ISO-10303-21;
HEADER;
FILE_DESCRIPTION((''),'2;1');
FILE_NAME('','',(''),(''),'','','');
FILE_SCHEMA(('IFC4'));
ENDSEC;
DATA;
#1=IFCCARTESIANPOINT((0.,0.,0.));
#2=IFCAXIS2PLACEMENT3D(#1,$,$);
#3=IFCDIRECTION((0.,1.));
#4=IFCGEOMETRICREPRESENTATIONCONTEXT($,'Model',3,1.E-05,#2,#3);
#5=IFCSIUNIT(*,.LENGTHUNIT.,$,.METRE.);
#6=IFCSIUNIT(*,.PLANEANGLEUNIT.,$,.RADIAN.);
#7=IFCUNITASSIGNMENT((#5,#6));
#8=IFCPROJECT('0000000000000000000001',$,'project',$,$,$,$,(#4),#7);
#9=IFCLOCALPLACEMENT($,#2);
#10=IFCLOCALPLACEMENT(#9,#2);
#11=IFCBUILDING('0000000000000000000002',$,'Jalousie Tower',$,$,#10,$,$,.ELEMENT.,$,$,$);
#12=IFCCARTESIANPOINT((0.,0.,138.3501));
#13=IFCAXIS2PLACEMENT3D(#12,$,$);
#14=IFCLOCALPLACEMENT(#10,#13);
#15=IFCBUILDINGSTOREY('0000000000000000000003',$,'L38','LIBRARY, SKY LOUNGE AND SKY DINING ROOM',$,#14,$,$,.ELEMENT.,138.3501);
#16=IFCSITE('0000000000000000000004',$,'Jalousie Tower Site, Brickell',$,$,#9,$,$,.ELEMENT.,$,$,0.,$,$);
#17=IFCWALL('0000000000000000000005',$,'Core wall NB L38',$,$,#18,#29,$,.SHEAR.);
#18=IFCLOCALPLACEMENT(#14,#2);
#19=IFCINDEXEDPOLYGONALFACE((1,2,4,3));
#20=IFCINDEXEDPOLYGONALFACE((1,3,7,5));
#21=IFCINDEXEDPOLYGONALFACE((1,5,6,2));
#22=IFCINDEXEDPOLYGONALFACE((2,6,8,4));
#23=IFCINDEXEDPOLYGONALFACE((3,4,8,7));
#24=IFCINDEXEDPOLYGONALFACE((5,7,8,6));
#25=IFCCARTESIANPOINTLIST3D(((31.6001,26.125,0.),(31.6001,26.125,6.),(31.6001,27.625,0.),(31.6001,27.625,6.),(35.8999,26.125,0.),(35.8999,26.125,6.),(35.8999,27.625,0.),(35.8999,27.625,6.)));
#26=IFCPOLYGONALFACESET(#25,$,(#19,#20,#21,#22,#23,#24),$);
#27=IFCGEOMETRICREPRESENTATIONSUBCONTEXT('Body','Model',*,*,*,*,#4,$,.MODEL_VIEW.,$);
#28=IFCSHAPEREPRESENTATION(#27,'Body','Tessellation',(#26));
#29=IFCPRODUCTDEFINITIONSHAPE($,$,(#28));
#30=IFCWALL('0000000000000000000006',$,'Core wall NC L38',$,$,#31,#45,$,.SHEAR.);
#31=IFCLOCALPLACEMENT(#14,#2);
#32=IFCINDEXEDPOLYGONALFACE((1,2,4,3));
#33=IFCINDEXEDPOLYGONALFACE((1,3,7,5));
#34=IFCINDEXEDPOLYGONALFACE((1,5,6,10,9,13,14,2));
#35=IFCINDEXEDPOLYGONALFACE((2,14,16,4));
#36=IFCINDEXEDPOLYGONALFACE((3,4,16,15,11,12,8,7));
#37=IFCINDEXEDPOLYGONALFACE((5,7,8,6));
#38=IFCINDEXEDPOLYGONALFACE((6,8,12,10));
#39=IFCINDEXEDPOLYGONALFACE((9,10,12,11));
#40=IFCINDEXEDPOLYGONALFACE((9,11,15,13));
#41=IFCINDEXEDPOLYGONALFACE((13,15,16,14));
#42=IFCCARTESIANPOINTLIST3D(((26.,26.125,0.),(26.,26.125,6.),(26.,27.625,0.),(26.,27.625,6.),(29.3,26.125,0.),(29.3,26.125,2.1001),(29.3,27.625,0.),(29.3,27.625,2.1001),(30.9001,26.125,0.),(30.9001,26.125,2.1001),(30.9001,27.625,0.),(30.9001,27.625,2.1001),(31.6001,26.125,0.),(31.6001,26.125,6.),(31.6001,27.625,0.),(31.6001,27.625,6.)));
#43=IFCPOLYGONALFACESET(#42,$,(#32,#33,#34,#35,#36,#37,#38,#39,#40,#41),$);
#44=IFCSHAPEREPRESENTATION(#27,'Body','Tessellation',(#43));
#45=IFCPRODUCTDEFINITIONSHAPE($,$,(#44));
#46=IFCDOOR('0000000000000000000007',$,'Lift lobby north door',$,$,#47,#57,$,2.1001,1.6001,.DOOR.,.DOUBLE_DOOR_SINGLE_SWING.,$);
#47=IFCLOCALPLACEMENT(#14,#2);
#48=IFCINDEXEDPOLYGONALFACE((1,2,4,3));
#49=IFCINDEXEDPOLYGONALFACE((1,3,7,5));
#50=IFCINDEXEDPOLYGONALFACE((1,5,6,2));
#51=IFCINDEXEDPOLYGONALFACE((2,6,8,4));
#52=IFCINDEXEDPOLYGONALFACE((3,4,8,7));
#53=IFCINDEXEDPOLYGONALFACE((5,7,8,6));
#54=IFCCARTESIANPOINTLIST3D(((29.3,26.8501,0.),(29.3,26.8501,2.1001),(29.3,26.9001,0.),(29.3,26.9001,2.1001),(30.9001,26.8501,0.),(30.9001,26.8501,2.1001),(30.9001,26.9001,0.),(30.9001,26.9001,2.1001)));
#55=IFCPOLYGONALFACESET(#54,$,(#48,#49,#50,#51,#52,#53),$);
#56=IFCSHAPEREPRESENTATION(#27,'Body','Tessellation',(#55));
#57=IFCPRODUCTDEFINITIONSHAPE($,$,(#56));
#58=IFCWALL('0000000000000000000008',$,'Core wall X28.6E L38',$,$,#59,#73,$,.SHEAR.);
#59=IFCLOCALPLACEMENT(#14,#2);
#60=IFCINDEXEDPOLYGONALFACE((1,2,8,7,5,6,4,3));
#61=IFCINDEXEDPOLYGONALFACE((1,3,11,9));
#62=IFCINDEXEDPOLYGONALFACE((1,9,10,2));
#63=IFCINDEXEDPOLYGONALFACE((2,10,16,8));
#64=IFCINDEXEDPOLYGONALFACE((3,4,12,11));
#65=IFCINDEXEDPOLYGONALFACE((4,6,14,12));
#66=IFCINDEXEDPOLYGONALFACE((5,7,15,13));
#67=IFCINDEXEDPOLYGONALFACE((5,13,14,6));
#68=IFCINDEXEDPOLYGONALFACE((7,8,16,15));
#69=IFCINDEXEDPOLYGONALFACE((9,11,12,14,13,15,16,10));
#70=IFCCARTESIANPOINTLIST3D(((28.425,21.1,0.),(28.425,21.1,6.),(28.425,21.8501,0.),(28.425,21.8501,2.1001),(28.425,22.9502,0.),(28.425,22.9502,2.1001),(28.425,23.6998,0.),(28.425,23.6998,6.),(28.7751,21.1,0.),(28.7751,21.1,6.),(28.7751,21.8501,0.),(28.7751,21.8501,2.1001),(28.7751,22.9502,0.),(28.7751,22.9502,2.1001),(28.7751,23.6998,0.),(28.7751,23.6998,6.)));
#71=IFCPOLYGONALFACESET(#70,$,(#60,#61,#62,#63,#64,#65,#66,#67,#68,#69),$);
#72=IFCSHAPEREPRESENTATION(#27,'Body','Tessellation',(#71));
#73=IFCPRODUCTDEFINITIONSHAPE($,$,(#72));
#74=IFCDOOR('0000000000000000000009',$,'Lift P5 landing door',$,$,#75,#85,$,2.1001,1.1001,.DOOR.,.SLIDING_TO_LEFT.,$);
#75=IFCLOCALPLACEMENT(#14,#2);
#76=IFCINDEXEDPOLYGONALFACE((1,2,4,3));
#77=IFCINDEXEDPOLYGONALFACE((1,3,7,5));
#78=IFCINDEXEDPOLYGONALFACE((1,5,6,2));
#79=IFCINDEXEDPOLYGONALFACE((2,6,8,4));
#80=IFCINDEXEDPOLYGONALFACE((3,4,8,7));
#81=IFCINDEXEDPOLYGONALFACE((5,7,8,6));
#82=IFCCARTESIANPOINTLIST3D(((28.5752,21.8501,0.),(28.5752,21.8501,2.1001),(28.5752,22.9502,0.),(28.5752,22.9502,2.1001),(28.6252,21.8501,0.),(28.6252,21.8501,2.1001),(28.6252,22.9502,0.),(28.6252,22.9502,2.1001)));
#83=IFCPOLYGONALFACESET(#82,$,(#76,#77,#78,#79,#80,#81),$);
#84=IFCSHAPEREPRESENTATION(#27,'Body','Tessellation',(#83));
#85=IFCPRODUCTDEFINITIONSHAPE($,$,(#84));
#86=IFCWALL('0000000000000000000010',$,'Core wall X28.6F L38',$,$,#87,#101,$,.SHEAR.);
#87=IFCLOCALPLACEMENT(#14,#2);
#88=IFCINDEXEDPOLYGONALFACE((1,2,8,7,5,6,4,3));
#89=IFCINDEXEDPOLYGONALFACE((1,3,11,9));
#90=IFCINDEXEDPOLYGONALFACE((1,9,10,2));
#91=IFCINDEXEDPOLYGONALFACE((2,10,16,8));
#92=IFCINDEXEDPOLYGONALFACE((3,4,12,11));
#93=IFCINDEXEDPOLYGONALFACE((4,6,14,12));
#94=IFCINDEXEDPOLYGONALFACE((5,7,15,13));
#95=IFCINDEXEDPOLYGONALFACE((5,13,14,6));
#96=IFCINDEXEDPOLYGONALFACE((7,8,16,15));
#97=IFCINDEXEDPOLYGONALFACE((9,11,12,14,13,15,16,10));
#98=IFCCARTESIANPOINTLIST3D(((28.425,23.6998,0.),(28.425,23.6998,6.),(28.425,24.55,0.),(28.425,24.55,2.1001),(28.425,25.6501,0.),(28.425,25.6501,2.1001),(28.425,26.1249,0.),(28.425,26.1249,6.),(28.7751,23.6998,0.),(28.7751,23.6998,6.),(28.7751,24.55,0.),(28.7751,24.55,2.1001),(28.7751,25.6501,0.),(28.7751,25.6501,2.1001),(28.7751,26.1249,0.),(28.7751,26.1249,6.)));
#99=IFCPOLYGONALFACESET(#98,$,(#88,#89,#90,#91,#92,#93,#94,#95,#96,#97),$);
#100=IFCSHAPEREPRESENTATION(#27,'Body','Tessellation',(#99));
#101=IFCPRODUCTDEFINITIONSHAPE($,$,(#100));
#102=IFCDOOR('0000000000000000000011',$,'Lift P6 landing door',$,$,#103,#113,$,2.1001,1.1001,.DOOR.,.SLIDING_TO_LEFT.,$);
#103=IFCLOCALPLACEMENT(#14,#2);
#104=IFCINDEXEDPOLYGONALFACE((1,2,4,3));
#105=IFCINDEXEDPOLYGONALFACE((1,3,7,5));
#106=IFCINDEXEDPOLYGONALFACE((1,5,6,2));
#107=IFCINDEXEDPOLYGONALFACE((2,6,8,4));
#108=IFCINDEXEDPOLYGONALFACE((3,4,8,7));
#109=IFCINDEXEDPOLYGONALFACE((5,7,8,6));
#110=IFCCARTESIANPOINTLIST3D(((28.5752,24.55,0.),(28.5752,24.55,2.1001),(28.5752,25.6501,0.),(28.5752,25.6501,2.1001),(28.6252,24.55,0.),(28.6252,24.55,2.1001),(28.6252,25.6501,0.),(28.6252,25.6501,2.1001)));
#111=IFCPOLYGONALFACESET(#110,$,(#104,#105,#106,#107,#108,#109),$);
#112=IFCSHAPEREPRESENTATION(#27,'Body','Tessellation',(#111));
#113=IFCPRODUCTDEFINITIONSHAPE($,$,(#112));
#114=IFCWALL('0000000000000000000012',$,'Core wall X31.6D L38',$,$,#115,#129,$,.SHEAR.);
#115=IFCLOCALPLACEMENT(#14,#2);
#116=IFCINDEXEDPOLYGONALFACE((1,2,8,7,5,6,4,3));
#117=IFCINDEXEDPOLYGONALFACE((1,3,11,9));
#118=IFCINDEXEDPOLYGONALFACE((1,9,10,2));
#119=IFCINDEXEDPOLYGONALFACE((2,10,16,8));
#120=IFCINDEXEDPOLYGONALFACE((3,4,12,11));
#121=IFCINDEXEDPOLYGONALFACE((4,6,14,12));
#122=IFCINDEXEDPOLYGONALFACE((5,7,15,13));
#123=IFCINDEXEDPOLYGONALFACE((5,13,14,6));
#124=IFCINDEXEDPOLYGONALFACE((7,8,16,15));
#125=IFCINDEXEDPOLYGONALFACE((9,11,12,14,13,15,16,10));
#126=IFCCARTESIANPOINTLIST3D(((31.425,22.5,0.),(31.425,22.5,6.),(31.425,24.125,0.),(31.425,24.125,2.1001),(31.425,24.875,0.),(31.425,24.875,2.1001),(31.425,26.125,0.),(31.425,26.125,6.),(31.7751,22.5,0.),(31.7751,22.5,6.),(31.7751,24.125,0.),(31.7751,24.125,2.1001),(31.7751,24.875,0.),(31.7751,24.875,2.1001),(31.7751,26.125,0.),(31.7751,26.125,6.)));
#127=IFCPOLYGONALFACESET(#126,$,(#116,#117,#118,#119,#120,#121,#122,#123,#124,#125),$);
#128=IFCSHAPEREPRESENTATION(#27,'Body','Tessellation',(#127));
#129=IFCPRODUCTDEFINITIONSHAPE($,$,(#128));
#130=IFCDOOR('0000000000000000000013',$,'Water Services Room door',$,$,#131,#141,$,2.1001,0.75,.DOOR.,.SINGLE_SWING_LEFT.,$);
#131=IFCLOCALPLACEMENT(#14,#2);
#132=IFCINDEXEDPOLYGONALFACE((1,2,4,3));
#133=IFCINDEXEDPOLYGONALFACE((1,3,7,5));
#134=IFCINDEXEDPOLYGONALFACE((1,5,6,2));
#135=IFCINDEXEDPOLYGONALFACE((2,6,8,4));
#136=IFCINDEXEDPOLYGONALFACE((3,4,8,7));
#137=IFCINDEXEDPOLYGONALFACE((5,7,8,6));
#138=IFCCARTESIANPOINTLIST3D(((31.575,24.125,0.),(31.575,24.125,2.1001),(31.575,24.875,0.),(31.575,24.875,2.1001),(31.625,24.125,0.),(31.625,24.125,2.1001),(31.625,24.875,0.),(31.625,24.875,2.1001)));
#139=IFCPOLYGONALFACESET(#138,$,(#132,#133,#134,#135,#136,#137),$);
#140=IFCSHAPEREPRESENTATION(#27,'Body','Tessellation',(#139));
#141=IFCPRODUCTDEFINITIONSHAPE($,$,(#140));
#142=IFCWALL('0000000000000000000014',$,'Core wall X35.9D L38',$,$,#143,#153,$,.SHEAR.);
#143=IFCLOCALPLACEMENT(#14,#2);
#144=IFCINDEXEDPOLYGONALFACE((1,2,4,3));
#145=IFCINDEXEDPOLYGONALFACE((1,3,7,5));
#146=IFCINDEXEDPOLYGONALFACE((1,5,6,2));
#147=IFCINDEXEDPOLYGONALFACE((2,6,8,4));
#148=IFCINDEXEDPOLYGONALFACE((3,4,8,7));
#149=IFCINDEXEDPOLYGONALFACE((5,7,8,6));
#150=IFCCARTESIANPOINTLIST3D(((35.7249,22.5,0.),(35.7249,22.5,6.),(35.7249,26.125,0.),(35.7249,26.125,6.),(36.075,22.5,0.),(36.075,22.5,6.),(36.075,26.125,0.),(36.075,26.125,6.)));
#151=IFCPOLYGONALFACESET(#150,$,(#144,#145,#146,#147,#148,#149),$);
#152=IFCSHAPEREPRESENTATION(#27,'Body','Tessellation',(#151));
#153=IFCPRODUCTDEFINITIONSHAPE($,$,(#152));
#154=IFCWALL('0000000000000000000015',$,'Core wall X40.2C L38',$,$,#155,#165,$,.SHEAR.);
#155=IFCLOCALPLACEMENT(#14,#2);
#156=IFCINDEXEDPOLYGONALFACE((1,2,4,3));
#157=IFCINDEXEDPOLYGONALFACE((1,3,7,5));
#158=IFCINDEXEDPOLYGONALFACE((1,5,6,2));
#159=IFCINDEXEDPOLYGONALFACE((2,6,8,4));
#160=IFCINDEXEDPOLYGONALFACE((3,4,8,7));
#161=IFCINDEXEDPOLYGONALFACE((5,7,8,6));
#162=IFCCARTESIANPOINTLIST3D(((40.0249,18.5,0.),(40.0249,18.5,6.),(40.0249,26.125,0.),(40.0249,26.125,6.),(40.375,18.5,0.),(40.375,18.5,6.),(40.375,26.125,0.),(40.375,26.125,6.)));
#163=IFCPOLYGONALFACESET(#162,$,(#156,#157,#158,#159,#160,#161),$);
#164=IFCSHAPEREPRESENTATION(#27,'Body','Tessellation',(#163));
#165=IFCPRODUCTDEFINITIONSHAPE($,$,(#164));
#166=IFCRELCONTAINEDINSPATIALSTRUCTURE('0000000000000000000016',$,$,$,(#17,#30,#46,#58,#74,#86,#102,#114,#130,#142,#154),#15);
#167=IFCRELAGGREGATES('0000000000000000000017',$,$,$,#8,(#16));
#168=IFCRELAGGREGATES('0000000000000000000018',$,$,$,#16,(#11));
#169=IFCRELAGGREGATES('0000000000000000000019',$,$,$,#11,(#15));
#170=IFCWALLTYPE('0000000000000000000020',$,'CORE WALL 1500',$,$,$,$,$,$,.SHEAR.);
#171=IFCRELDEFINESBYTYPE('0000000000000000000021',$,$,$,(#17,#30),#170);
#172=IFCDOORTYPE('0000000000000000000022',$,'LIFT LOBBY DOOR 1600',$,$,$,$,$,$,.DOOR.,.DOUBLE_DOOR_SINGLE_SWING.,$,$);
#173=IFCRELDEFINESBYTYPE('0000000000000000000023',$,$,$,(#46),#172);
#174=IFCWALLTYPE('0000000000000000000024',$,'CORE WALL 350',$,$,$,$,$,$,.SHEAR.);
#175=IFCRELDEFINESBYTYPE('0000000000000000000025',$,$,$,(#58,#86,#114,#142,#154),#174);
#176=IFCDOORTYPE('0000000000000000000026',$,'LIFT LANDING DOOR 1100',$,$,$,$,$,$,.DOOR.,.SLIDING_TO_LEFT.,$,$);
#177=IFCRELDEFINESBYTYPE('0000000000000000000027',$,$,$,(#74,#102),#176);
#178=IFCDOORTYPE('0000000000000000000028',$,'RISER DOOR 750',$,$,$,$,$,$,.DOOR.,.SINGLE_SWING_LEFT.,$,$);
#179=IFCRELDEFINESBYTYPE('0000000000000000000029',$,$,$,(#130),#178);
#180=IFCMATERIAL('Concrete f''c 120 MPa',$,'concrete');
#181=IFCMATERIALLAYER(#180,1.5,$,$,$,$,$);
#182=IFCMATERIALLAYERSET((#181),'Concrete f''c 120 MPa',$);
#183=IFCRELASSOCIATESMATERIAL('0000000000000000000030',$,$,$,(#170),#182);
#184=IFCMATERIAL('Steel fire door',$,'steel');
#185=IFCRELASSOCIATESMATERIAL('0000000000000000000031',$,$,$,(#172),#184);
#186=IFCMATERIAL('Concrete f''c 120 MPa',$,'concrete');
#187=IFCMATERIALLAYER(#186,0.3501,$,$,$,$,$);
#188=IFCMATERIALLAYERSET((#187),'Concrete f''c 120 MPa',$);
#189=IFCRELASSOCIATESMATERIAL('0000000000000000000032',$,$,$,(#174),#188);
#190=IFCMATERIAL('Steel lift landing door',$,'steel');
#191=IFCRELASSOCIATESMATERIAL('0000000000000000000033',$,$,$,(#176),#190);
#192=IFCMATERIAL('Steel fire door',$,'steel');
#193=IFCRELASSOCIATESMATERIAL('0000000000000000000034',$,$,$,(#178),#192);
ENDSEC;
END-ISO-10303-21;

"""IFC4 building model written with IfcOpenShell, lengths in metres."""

from ifc_helpers import new_model, si_unit, direction, frame, frame_2d, origin, place, context, subcontext, project, spatial, rectangle, extrude, material, layer, layer_set, type_object, element, fill, save


model = new_model("IFC4")

# Units and contexts
model_context = context("Model", 3, precision=1e-05, world=origin(), true_north=direction((0.0, 1.0)))
body_context = subcontext(model_context, "Body", "Model", "MODEL_VIEW")
ifc_project = project(units=[si_unit("LENGTHUNIT", "METRE"), si_unit("PLANEANGLEUNIT", "RADIAN")], contexts=[model_context])

# Site, building, storey
site_placement = place(None, origin())
site = spatial("IfcSite", under=ifc_project, at=site_placement, Name="Jalousie Tower Site, Brickell", CompositionType="ELEMENT", RefElevation=0.0)
building_placement = place(site_placement, origin())
building = spatial("IfcBuilding", under=site, at=building_placement, Name="Jalousie Tower", CompositionType="ELEMENT")
storey_placement = place(building_placement, frame((0.0, 0.0, 138.3501)))
storey = spatial("IfcBuildingStorey", under=building, at=storey_placement, Name="L38", Description="LIBRARY, SKY LOUNGE AND SKY DINING ROOM", CompositionType="ELEMENT", Elevation=138.3501)

# Wall
ifc_material_1 = material(Name="Concrete f'c 120 MPa", Category="concrete")
ifc_layer_1 = layer(ifc_material_1, 1.5)
ifc_layer_set_1 = layer_set([ifc_layer_1], Name="Concrete f'c 120 MPa")
wall_type_1 = type_object("IfcWallType", Name="CORE WALL 1500", PredefinedType="SHEAR", material=ifc_layer_set_1)
wall_1_placement = place(storey_placement, frame((35.8999, 26.875, 0.0), z_axis=(0.0, 0.0, 1.0), x_axis=(-1.0, 0.0, 0.0)))
element("IfcWall", 1, at=wall_1_placement, inside=storey, type_object=wall_type_1, Name="Core wall NB L38", PredefinedType="SHEAR", context=body_context, shape_type="SweptSolid", body=[
    extrude(rectangle(XDim=4.2998, YDim=1.5, at=frame_2d((2.1499, 0.0))), origin(), (0.0, 0.0, 1.0), 6.0),
])

# Walls, openings, doors
wall_2_placement = place(storey_placement, frame((31.6001, 26.875, 0.0), z_axis=(0.0, 0.0, 1.0), x_axis=(-1.0, 0.0, 0.0)))
wall_2 = element("IfcWall", 2, at=wall_2_placement, inside=storey, type_object=wall_type_1, Name="Core wall NC L38", PredefinedType="SHEAR", context=body_context, shape_type="SweptSolid", body=[
    extrude(rectangle(XDim=5.6001, YDim=1.5, at=frame_2d((2.8, 0.0))), origin(), (0.0, 0.0, 1.0), 6.0),
])
opening_1_placement = place(wall_2_placement, frame((0.7, 0.0, 0.0)))
opening_1 = element("IfcOpeningElement", 3, at=opening_1_placement, cuts=wall_2, PredefinedType="OPENING", context=body_context, shape_type="SweptSolid", body=[
    extrude(rectangle(XDim=1.6001, YDim=2.1001, at=frame_2d((0.8, 1.05))), frame((0.0, 0.76, 0.0), z_axis=(0.0, -1.0, 0.0), x_axis=(1.0, 0.0, 0.0)), (0.0, 0.0, 1.0), 1.52),
])
ifc_material_2 = material(Name="Steel fire door", Category="steel")
door_type_1 = type_object("IfcDoorType", Name="LIFT LOBBY DOOR 1600", OperationType="DOUBLE_DOOR_SINGLE_SWING", PredefinedType="DOOR", material=ifc_material_2)
door_1_placement = place(opening_1_placement, origin())
door_1 = element("IfcDoor", 4, at=door_1_placement, inside=storey, type_object=door_type_1, Name="Lift lobby north door", OperationType="DOUBLE_DOOR_SINGLE_SWING", OverallHeight=2.1001, OverallWidth=1.6001, PredefinedType="DOOR", context=body_context, shape_type="SweptSolid", body=[
    extrude(rectangle(XDim=1.6001, YDim=2.1001, at=frame_2d((0.8, 1.05))), frame((0.0, 0.0249, 0.0), z_axis=(0.0, -1.0, 0.0), x_axis=(1.0, 0.0, 0.0)), (0.0, 0.0, 1.0), 0.05),
])
fill(opening_1, door_1)
ifc_material_3 = material(Name="Concrete f'c 120 MPa", Category="concrete")
ifc_layer_2 = layer(ifc_material_3, 0.3501)
ifc_layer_set_2 = layer_set([ifc_layer_2], Name="Concrete f'c 120 MPa")
wall_type_2 = type_object("IfcWallType", Name="CORE WALL 350", PredefinedType="SHEAR", material=ifc_layer_set_2)
wall_3_placement = place(storey_placement, frame((28.6001, 21.1001, 0.0), z_axis=(0.0, 0.0, 1.0), x_axis=(0.0, 1.0, 0.0)))
wall_3 = element("IfcWall", 5, at=wall_3_placement, inside=storey, type_object=wall_type_2, Name="Core wall X28.6E L38", PredefinedType="SHEAR", context=body_context, shape_type="SweptSolid", body=[
    extrude(rectangle(XDim=2.5999, YDim=0.3501, at=frame_2d((1.2998, 0.0))), origin(), (0.0, 0.0, 1.0), 6.0),
])
opening_2_placement = place(wall_3_placement, frame((0.75, 0.0, 0.0)))
opening_2 = element("IfcOpeningElement", 6, at=opening_2_placement, cuts=wall_3, PredefinedType="OPENING", context=body_context, shape_type="SweptSolid", body=[
    extrude(rectangle(XDim=1.1001, YDim=2.1001, at=frame_2d((0.55, 1.05))), frame((0.0, 0.1851, 0.0), z_axis=(0.0, -1.0, 0.0), x_axis=(1.0, 0.0, 0.0)), (0.0, 0.0, 1.0), 0.3701),
])
ifc_material_4 = material(Name="Steel lift landing door", Category="steel")
door_type_2 = type_object("IfcDoorType", Name="LIFT LANDING DOOR 1100", OperationType="SLIDING_TO_LEFT", PredefinedType="DOOR", material=ifc_material_4)
door_2_placement = place(opening_2_placement, origin())
door_2 = element("IfcDoor", 7, at=door_2_placement, inside=storey, type_object=door_type_2, Name="Lift P5 landing door", OperationType="SLIDING_TO_LEFT", OverallHeight=2.1001, OverallWidth=1.1001, PredefinedType="DOOR", context=body_context, shape_type="SweptSolid", body=[
    extrude(rectangle(XDim=1.1001, YDim=2.1001, at=frame_2d((0.55, 1.05))), frame((0.0, 0.0249, 0.0), z_axis=(0.0, -1.0, 0.0), x_axis=(1.0, 0.0, 0.0)), (0.0, 0.0, 1.0), 0.05),
])
fill(opening_2, door_2)
wall_4_placement = place(storey_placement, frame((28.6001, 23.7, 0.0), z_axis=(0.0, 0.0, 1.0), x_axis=(0.0, 1.0, 0.0)))
wall_4 = element("IfcWall", 8, at=wall_4_placement, inside=storey, type_object=wall_type_2, Name="Core wall X28.6F L38", PredefinedType="SHEAR", context=body_context, shape_type="SweptSolid", body=[
    extrude(rectangle(XDim=2.425, YDim=0.3501, at=frame_2d((1.2124, 0.0))), origin(), (0.0, 0.0, 1.0), 6.0),
])
opening_3_placement = place(wall_4_placement, frame((0.8501, 0.0, 0.0)))
opening_3 = element("IfcOpeningElement", 9, at=opening_3_placement, cuts=wall_4, PredefinedType="OPENING", context=body_context, shape_type="SweptSolid", body=[
    extrude(rectangle(XDim=1.1001, YDim=2.1001, at=frame_2d((0.55, 1.05))), frame((0.0, 0.1851, 0.0), z_axis=(0.0, -1.0, 0.0), x_axis=(1.0, 0.0, 0.0)), (0.0, 0.0, 1.0), 0.3701),
])
door_3_placement = place(opening_3_placement, origin())
door_3 = element("IfcDoor", 10, at=door_3_placement, inside=storey, type_object=door_type_2, Name="Lift P6 landing door", OperationType="SLIDING_TO_LEFT", OverallHeight=2.1001, OverallWidth=1.1001, PredefinedType="DOOR", context=body_context, shape_type="SweptSolid", body=[
    extrude(rectangle(XDim=1.1001, YDim=2.1001, at=frame_2d((0.55, 1.05))), frame((0.0, 0.0249, 0.0), z_axis=(0.0, -1.0, 0.0), x_axis=(1.0, 0.0, 0.0)), (0.0, 0.0, 1.0), 0.05),
])
fill(opening_3, door_3)
wall_5_placement = place(storey_placement, frame((31.6001, 22.5, 0.0), z_axis=(0.0, 0.0, 1.0), x_axis=(0.0, 1.0, 0.0)))
wall_5 = element("IfcWall", 11, at=wall_5_placement, inside=storey, type_object=wall_type_2, Name="Core wall X31.6D L38", PredefinedType="SHEAR", context=body_context, shape_type="SweptSolid", body=[
    extrude(rectangle(XDim=3.625, YDim=0.3501, at=frame_2d((1.8125, 0.0))), origin(), (0.0, 0.0, 1.0), 6.0),
])
opening_4_placement = place(wall_5_placement, frame((1.625, 0.0, 0.0)))
opening_4 = element("IfcOpeningElement", 12, at=opening_4_placement, cuts=wall_5, PredefinedType="OPENING", context=body_context, shape_type="SweptSolid", body=[
    extrude(rectangle(XDim=0.75, YDim=2.1001, at=frame_2d((0.375, 1.05))), frame((0.0, 0.1851, 0.0), z_axis=(0.0, -1.0, 0.0), x_axis=(1.0, 0.0, 0.0)), (0.0, 0.0, 1.0), 0.3701),
])
ifc_material_5 = material(Name="Steel fire door", Category="steel")
door_type_3 = type_object("IfcDoorType", Name="RISER DOOR 750", OperationType="SINGLE_SWING_LEFT", PredefinedType="DOOR", material=ifc_material_5)
door_4_placement = place(opening_4_placement, frame((0.75, 0.0, 0.0), z_axis=(0.0, 0.0, 1.0), x_axis=(-1.0, 0.0, 0.0)))
door_4 = element("IfcDoor", 13, at=door_4_placement, inside=storey, type_object=door_type_3, Name="Water Services Room door", OperationType="SINGLE_SWING_LEFT", OverallHeight=2.1001, OverallWidth=0.75, PredefinedType="DOOR", context=body_context, shape_type="SweptSolid", body=[
    extrude(rectangle(XDim=0.75, YDim=2.1001, at=frame_2d((0.375, 1.05))), frame((0.0, 0.0249, 0.0), z_axis=(0.0, -1.0, 0.0), x_axis=(1.0, 0.0, 0.0)), (0.0, 0.0, 1.0), 0.05),
])
fill(opening_4, door_4)

# Walls
wall_6_placement = place(storey_placement, frame((35.8999, 22.5, 0.0), z_axis=(0.0, 0.0, 1.0), x_axis=(0.0, 1.0, 0.0)))
element("IfcWall", 14, at=wall_6_placement, inside=storey, type_object=wall_type_2, Name="Core wall X35.9D L38", PredefinedType="SHEAR", context=body_context, shape_type="SweptSolid", body=[
    extrude(rectangle(XDim=3.625, YDim=0.3501, at=frame_2d((1.8125, 0.0))), origin(), (0.0, 0.0, 1.0), 6.0),
])
wall_7_placement = place(storey_placement, frame((40.2, 18.5, 0.0), z_axis=(0.0, 0.0, 1.0), x_axis=(0.0, 1.0, 0.0)))
element("IfcWall", 15, at=wall_7_placement, inside=storey, type_object=wall_type_2, Name="Core wall X40.2C L38", PredefinedType="SHEAR", context=body_context, shape_type="SweptSolid", body=[
    extrude(rectangle(XDim=7.625, YDim=0.3501, at=frame_2d((3.8125, 0.0))), origin(), (0.0, 0.0, 1.0), 6.0),
])

save(model, "model.ifc")
